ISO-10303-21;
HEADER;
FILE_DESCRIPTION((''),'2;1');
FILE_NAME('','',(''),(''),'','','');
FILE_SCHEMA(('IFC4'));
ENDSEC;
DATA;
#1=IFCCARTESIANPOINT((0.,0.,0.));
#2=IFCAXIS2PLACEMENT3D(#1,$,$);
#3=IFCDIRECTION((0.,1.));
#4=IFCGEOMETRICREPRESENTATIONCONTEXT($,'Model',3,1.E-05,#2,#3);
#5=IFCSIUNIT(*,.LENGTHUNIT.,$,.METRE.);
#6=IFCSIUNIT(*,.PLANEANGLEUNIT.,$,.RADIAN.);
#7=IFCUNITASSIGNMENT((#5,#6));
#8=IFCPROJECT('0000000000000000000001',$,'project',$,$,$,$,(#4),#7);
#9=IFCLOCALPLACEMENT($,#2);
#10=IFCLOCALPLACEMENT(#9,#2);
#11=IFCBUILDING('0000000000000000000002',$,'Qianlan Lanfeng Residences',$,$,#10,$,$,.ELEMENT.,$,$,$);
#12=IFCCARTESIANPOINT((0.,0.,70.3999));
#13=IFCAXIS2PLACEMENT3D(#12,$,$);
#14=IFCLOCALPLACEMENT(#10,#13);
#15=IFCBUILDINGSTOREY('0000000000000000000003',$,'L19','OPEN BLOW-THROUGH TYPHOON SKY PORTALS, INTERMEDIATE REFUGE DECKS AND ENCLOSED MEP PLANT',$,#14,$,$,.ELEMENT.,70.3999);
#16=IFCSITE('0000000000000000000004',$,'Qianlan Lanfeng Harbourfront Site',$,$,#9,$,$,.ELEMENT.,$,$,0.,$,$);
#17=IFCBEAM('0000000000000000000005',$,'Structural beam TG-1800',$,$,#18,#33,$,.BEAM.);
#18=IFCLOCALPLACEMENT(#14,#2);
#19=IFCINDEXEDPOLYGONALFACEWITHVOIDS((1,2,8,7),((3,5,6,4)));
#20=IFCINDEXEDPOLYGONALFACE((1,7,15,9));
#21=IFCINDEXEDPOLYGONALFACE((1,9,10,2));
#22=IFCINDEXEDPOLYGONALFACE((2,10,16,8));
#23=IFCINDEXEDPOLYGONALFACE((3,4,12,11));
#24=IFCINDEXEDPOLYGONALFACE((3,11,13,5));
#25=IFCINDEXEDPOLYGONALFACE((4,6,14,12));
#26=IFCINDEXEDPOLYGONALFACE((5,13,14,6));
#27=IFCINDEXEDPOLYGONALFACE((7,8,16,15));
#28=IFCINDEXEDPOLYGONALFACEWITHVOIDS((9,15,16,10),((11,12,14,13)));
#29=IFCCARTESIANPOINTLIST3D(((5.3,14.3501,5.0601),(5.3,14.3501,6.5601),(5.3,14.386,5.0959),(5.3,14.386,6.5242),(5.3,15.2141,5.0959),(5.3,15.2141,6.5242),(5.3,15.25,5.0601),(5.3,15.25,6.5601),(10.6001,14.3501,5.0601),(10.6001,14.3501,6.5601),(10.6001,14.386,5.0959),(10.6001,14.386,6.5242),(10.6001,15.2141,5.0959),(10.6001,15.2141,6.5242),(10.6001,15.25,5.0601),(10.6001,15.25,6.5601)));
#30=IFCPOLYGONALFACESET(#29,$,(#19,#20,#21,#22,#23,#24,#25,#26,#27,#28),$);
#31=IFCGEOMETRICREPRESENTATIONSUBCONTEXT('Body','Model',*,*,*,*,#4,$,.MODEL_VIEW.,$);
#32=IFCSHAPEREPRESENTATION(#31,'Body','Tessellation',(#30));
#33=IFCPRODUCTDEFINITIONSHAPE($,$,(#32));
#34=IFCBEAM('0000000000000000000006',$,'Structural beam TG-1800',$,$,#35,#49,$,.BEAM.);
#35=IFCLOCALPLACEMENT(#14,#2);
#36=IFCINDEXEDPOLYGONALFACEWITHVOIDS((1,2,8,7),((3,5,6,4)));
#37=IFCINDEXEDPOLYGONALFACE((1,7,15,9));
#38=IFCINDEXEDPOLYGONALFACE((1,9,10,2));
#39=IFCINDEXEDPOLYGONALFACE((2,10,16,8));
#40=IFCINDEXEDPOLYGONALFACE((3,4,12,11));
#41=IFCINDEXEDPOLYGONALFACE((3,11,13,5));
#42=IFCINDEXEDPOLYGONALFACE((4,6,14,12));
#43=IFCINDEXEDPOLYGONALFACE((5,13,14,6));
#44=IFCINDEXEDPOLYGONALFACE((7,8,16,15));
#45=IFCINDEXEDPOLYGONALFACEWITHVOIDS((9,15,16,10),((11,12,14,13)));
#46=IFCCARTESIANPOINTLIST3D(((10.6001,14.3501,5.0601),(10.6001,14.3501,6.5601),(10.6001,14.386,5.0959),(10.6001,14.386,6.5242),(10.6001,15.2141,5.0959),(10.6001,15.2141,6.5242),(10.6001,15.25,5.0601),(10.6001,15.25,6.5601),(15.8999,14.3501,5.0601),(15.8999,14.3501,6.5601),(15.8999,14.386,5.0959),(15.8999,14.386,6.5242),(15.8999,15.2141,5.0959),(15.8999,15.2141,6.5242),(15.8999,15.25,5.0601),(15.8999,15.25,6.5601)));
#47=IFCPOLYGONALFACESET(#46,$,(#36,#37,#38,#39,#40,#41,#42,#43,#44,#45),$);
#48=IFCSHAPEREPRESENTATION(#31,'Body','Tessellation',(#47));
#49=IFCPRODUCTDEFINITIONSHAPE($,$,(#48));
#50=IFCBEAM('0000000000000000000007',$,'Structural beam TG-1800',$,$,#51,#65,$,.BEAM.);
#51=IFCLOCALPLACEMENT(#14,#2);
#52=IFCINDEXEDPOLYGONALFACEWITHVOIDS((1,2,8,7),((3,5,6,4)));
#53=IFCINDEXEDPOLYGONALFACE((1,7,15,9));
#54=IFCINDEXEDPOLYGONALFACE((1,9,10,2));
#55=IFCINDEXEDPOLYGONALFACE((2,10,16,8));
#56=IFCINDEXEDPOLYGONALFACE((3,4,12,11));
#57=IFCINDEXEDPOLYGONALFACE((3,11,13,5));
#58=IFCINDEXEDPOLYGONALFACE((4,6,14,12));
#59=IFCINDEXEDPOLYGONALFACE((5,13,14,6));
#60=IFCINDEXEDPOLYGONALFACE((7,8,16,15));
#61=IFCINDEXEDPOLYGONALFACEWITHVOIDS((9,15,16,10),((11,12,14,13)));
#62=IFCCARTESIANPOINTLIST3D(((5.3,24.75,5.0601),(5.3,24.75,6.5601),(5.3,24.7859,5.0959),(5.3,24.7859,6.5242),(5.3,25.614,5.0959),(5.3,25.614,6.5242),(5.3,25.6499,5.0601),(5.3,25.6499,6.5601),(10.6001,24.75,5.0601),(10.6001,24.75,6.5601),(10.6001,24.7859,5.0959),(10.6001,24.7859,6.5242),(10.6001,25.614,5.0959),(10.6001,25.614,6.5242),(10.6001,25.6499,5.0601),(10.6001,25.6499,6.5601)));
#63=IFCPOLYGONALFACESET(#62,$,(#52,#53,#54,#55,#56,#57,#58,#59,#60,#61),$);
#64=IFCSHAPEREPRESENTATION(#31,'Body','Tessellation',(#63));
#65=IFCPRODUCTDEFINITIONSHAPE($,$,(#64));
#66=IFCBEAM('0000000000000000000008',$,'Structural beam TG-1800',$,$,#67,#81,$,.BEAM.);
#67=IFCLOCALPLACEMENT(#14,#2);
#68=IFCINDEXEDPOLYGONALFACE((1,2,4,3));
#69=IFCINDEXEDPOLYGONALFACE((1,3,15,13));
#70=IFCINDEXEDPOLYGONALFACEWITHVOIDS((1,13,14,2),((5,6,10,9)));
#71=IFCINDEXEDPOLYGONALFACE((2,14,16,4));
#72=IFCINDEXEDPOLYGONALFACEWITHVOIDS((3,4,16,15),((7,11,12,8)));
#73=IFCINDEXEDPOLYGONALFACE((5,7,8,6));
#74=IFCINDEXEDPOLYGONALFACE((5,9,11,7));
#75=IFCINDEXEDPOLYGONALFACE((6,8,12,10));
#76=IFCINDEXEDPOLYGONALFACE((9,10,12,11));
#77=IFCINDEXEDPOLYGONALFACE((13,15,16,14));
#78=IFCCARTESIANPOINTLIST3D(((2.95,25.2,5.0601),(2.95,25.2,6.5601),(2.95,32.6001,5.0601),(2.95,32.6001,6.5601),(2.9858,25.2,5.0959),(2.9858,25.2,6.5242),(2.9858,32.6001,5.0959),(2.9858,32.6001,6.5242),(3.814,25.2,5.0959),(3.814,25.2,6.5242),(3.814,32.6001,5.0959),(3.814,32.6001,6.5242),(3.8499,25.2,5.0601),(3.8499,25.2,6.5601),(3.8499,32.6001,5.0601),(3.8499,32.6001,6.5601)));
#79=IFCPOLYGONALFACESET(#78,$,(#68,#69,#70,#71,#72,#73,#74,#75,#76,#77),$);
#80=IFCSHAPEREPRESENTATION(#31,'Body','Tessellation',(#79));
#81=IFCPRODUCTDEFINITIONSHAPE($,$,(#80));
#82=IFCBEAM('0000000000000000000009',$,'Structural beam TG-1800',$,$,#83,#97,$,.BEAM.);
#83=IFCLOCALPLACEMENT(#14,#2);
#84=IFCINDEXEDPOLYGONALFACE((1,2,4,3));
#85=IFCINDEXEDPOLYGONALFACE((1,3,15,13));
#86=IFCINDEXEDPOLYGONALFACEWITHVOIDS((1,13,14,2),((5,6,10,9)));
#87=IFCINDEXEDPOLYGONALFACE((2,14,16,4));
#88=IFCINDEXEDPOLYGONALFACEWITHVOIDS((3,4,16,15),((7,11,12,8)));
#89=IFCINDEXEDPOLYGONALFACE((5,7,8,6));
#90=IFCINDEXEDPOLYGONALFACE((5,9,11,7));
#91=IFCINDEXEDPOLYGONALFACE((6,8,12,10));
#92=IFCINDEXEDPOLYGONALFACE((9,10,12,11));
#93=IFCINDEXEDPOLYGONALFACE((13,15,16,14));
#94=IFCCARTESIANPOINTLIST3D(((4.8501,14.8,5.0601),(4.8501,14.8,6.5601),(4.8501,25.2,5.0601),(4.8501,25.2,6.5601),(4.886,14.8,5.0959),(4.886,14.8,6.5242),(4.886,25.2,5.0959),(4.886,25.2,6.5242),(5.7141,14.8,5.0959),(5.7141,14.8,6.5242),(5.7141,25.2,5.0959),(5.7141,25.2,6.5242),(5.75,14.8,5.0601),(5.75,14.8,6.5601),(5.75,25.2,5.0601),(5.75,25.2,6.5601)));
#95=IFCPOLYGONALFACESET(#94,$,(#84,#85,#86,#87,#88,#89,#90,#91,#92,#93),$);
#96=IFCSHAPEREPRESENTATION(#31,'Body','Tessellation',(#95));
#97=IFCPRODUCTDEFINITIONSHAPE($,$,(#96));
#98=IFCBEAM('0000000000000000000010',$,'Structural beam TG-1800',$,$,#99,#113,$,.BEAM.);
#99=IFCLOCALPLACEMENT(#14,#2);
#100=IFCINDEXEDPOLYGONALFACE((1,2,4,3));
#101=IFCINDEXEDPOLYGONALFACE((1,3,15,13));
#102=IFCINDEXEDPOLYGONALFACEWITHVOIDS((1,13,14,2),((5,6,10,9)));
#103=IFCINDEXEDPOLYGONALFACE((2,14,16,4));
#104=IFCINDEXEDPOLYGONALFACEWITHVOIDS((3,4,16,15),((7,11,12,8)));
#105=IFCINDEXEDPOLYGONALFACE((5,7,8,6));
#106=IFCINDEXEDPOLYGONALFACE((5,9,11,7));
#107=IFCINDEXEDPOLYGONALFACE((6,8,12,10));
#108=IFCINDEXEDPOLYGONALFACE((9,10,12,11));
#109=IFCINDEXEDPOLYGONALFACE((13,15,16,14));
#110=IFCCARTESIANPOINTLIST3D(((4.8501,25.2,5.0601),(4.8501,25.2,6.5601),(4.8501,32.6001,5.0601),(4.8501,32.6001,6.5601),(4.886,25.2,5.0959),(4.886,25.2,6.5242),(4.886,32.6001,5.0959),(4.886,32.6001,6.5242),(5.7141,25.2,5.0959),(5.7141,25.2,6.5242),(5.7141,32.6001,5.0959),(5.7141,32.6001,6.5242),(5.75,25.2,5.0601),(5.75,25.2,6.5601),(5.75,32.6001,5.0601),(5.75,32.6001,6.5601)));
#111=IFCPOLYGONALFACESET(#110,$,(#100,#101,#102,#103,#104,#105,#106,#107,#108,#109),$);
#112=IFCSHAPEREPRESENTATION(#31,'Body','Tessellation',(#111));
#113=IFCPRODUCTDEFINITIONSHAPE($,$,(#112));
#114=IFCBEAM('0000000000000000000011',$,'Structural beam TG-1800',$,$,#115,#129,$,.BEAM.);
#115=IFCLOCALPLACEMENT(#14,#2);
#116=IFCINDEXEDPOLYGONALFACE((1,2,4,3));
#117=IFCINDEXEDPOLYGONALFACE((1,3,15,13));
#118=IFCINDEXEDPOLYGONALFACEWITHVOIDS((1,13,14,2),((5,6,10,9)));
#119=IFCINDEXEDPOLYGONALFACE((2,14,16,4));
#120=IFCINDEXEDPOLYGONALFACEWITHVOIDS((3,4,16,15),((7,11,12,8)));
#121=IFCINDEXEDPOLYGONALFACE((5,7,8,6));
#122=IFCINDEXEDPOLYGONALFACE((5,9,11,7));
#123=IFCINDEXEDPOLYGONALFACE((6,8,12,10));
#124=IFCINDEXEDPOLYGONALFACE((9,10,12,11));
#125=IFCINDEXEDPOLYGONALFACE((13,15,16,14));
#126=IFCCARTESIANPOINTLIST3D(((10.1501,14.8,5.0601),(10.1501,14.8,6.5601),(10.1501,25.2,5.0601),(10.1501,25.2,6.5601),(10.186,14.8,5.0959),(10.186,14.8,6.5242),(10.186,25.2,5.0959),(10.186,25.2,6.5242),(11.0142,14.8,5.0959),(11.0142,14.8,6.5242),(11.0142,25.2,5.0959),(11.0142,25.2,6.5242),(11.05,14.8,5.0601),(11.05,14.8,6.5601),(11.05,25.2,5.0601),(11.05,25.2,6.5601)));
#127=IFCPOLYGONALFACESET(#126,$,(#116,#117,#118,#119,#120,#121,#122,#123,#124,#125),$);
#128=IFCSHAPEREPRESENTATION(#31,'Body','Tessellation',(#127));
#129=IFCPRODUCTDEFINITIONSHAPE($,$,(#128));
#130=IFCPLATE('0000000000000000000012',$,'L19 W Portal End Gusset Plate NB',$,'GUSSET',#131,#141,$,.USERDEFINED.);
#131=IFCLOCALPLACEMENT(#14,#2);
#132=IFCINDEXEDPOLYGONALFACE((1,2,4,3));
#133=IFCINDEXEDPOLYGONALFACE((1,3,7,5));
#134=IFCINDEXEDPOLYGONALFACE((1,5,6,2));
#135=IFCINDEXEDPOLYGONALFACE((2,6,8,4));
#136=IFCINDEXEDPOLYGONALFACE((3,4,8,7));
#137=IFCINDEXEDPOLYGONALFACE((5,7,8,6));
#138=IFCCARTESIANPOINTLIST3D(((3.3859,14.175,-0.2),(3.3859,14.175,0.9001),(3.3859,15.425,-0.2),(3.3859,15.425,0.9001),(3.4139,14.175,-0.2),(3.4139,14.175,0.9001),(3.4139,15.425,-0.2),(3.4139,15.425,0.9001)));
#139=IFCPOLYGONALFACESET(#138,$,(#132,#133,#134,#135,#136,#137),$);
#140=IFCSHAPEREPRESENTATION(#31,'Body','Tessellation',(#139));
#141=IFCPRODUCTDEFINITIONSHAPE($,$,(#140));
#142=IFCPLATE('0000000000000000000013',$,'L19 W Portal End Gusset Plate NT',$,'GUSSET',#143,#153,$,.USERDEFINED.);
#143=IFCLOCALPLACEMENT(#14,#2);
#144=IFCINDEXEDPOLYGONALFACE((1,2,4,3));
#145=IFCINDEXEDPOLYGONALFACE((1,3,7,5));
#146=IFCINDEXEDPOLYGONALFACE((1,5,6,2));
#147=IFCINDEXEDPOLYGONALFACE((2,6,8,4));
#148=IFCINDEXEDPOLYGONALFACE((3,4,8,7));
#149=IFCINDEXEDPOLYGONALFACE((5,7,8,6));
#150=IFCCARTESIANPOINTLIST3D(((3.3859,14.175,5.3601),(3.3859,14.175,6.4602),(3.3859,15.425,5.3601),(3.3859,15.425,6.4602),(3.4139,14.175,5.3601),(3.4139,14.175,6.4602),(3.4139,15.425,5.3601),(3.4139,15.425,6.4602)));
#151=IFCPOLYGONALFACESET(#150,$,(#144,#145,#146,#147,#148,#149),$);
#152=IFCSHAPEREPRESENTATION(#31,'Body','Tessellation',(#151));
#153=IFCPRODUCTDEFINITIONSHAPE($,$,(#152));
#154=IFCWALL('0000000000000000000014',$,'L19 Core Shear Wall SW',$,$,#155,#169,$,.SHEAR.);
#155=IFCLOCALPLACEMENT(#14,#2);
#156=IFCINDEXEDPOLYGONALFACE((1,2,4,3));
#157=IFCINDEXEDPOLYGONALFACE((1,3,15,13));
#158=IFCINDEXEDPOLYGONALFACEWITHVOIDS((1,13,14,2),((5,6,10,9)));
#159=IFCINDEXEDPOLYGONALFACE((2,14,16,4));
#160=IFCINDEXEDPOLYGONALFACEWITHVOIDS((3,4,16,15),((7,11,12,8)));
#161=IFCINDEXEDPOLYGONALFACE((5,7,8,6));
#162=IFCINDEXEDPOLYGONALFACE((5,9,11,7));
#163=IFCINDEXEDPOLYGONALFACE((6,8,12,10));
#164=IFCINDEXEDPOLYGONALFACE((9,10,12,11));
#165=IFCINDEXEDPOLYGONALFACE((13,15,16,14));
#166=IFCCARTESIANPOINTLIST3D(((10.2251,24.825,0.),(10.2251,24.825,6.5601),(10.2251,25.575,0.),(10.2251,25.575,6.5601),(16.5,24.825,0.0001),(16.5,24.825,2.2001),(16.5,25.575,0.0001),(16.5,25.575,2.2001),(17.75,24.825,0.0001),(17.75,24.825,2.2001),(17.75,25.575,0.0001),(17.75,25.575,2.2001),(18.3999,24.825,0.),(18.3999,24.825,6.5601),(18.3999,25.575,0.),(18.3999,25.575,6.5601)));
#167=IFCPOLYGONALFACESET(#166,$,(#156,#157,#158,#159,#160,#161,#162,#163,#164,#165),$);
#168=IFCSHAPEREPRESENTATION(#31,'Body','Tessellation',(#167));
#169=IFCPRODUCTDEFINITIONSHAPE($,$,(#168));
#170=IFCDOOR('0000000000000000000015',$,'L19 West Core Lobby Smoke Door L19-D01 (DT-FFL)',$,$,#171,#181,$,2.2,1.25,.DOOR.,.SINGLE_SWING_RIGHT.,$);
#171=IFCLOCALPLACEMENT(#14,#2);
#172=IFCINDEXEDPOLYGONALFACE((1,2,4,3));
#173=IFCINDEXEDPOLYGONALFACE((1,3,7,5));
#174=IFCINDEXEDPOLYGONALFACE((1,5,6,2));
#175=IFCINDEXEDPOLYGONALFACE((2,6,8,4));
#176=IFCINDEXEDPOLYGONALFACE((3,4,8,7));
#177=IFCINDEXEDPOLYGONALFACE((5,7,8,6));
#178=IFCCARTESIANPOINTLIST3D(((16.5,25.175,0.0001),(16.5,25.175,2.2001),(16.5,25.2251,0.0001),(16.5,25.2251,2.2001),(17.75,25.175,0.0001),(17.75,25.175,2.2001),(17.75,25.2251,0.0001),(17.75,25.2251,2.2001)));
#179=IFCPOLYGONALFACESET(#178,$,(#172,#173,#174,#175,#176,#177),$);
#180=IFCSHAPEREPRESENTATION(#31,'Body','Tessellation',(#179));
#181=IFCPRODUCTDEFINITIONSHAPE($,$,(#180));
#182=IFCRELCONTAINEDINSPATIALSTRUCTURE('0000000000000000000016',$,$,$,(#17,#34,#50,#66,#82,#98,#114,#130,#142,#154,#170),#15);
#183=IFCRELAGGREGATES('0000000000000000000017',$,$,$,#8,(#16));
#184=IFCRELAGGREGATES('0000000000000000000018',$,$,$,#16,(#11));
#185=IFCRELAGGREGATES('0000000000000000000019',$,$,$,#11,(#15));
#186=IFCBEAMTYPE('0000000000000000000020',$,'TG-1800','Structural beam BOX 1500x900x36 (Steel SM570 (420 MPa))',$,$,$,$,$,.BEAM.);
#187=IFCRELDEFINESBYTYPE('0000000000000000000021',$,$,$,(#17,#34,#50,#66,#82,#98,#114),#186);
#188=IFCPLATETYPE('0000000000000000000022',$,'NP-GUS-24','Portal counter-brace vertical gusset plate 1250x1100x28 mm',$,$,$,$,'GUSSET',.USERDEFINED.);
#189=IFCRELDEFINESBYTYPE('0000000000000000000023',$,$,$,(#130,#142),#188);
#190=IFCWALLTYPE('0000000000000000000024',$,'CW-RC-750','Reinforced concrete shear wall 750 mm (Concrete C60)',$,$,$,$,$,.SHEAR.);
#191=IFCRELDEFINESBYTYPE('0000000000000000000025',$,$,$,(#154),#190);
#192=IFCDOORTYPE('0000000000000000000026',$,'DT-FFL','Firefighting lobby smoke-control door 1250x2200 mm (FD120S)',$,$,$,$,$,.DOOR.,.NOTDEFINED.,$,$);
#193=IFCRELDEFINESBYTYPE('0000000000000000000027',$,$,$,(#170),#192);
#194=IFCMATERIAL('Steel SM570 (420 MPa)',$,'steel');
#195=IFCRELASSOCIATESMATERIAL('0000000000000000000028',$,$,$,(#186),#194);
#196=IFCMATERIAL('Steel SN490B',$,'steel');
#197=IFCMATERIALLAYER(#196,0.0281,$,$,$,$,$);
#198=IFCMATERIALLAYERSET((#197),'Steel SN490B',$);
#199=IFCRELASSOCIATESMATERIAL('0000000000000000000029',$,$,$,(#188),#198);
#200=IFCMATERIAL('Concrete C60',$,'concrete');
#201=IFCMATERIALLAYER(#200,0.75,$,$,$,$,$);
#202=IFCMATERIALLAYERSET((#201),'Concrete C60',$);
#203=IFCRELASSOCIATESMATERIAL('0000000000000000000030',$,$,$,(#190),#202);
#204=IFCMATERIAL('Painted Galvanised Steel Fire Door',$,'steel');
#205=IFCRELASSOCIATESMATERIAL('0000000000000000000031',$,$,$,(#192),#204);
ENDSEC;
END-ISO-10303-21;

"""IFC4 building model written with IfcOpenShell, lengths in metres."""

from ifc_helpers import new_model, si_unit, direction, frame, frame_2d, origin, origin_2d, place, context, subcontext, project, spatial, rectangle, hollow_rectangle, extrude, source, transform, mapped, material, layer, layer_set, material_profile, profile_set, type_object, element, fill, save


model = new_model("IFC4")

# Units and contexts
model_context = context("Model", 3, precision=1e-05, world=origin(), true_north=direction((0.0, 1.0)))
body_context = subcontext(model_context, "Body", "Model", "MODEL_VIEW")
ifc_project = project(units=[si_unit("LENGTHUNIT", "METRE"), si_unit("PLANEANGLEUNIT", "RADIAN")], contexts=[model_context])

# Site, building, storey
site_placement = place(None, origin())
site = spatial("IfcSite", under=ifc_project, at=site_placement, Name="Qianlan Lanfeng Harbourfront Site", CompositionType="ELEMENT", RefElevation=0.0)
building_placement = place(site_placement, origin())
building = spatial("IfcBuilding", under=site, at=building_placement, Name="Qianlan Lanfeng Residences", CompositionType="ELEMENT")
storey_placement = place(building_placement, frame((0.0, 0.0, 70.3999)))
storey = spatial("IfcBuildingStorey", under=building, at=storey_placement, Name="L19", Description="OPEN BLOW-THROUGH TYPHOON SKY PORTALS, INTERMEDIATE REFUGE DECKS AND ENCLOSED MEP PLANT", CompositionType="ELEMENT", Elevation=70.3999)

# Shared definitions
ifc_material_1 = material(Name="Steel SN490B", Category="steel")

# Beams
ifc_material_2 = material(Name="Steel SM570 (420 MPa)", Category="steel")
ifc_material_profile_1 = material_profile(ifc_material_2, hollow_rectangle(XDim=0.8999, YDim=1.5, WallThickness=0.0359, at=origin_2d()), Name="BOX 1500x900x36")
ifc_profile_set_1 = profile_set([ifc_material_profile_1], Name="Steel SM570 (420 MPa)")
beam_type_1 = type_object("IfcBeamType", Name="TG-1800", Description="Structural beam BOX 1500x900x36 (Steel SM570 (420 MPa))", PredefinedType="BEAM", material=ifc_profile_set_1)
beam_1_placement = place(storey_placement, frame((5.3, 14.8, 5.8101), z_axis=(1.0, 0.0, 0.0), x_axis=(0.0, 1.0, 0.0)))
element("IfcBeam", 1, at=beam_1_placement, inside=storey, type_object=beam_type_1, Name="Structural beam TG-1800", PredefinedType="BEAM", context=body_context, shape_type="SweptSolid", body=[
    extrude(hollow_rectangle(XDim=0.8999, YDim=1.5, WallThickness=0.0359, at=origin_2d()), origin(), (0.0, 0.0, 1.0), 5.3),
])
beam_2_placement = place(storey_placement, frame((10.6001, 14.8, 5.8101), z_axis=(1.0, 0.0, 0.0), x_axis=(0.0, 1.0, 0.0)))
element("IfcBeam", 2, at=beam_2_placement, inside=storey, type_object=beam_type_1, Name="Structural beam TG-1800", PredefinedType="BEAM", context=body_context, shape_type="SweptSolid", body=[
    extrude(hollow_rectangle(XDim=0.8999, YDim=1.5, WallThickness=0.0359, at=origin_2d()), origin(), (0.0, 0.0, 1.0), 5.2998),
])
beam_3_placement = place(storey_placement, frame((5.3, 25.2, 5.8101), z_axis=(1.0, 0.0, 0.0), x_axis=(0.0, 1.0, 0.0)))
element("IfcBeam", 3, at=beam_3_placement, inside=storey, type_object=beam_type_1, Name="Structural beam TG-1800", PredefinedType="BEAM", context=body_context, shape_type="SweptSolid", body=[
    extrude(hollow_rectangle(XDim=0.8999, YDim=1.5, WallThickness=0.0359, at=origin_2d()), origin(), (0.0, 0.0, 1.0), 5.3),
])
beam_4_placement = place(storey_placement, frame((3.3999, 25.2, 5.8101), z_axis=(0.0, 1.0, 0.0), x_axis=(-1.0, 0.0, 0.0)))
element("IfcBeam", 4, at=beam_4_placement, inside=storey, type_object=beam_type_1, Name="Structural beam TG-1800", PredefinedType="BEAM", context=body_context, shape_type="SweptSolid", body=[
    extrude(hollow_rectangle(XDim=0.8999, YDim=1.5, WallThickness=0.0359, at=origin_2d()), origin(), (0.0, 0.0, 1.0), 7.4001),
])
beam_5_placement = place(storey_placement, frame((5.3, 14.8, 5.8101), z_axis=(0.0, 1.0, 0.0), x_axis=(-1.0, 0.0, 0.0)))
element("IfcBeam", 5, at=beam_5_placement, inside=storey, type_object=beam_type_1, Name="Structural beam TG-1800", PredefinedType="BEAM", context=body_context, shape_type="SweptSolid", body=[
    extrude(hollow_rectangle(XDim=0.8999, YDim=1.5, WallThickness=0.0359, at=origin_2d()), origin(), (0.0, 0.0, 1.0), 10.3999),
])
beam_6_placement = place(storey_placement, frame((5.3, 25.2, 5.8101), z_axis=(0.0, 1.0, 0.0), x_axis=(-1.0, 0.0, 0.0)))
element("IfcBeam", 6, at=beam_6_placement, inside=storey, type_object=beam_type_1, Name="Structural beam TG-1800", PredefinedType="BEAM", context=body_context, shape_type="SweptSolid", body=[
    extrude(hollow_rectangle(XDim=0.8999, YDim=1.5, WallThickness=0.0359, at=origin_2d()), origin(), (0.0, 0.0, 1.0), 7.4001),
])
beam_7_placement = place(storey_placement, frame((10.6001, 14.8, 5.8101), z_axis=(0.0, 1.0, 0.0), x_axis=(-1.0, 0.0, 0.0)))
element("IfcBeam", 7, at=beam_7_placement, inside=storey, type_object=beam_type_1, Name="Structural beam TG-1800", PredefinedType="BEAM", context=body_context, shape_type="SweptSolid", body=[
    extrude(hollow_rectangle(XDim=0.8999, YDim=1.5, WallThickness=0.0359, at=origin_2d()), origin(), (0.0, 0.0, 1.0), 10.3999),
])

# Plates
ifc_layer_1 = layer(ifc_material_1, 0.0281)
ifc_layer_set_1 = layer_set([ifc_layer_1], Name="Steel SN490B")
plate_type = type_object("IfcPlateType", Name="NP-GUS-24", Description="Portal counter-brace vertical gusset plate 1250x1100x28 mm", ElementType="GUSSET", PredefinedType="USERDEFINED", material=ifc_layer_set_1)
shared_shape = source(origin(), body_context, "Body", "SweptSolid", [
    extrude(rectangle(XDim=0.0281, YDim=1.25, at=origin_2d()), origin(), (0.0, 0.0, 1.0), 1.1001),
])
for number, where, z_axis, x_axis, name in (
    (8, (3.3999, 14.8, -0.2), (0.0, 0.0, 1.0), (1.0, 0.0, 0.0), "L19 W Portal End Gusset Plate NB"),
    (9, (3.3999, 14.8, 5.3601), (0.0, 0.0, 1.0), (1.0, 0.0, 0.0), "L19 W Portal End Gusset Plate NT"),
):
    element("IfcPlate", number, at=place(storey_placement, frame(where, z_axis=z_axis, x_axis=x_axis)), inside=storey, type_object=plate_type, Name=name, ObjectType="GUSSET", PredefinedType="USERDEFINED", context=body_context, shape_type="MappedRepresentation", body=[
        mapped(shared_shape, transform((0.0, 0.0, 0.0), scale=1.0)),
    ])

# Wall, opening, door
ifc_material_3 = material(Name="Concrete C60", Category="concrete")
ifc_layer_2 = layer(ifc_material_3, 0.75)
ifc_layer_set_2 = layer_set([ifc_layer_2], Name="Concrete C60")
wall_type_1 = type_object("IfcWallType", Name="CW-RC-750", Description="Reinforced concrete shear wall 750 mm (Concrete C60)", PredefinedType="SHEAR", material=ifc_layer_set_2)
wall_1_placement = place(storey_placement, frame((10.2251, 25.2, 0.0), z_axis=(0.0, 0.0, 1.0), x_axis=(1.0, 0.0, 0.0)))
wall_1 = element("IfcWall", 10, at=wall_1_placement, inside=storey, type_object=wall_type_1, Name="L19 Core Shear Wall SW", PredefinedType="SHEAR", context=body_context, shape_type="SweptSolid", body=[
    extrude(rectangle(XDim=8.1748, YDim=0.75, at=frame_2d((4.0874, 0.0))), origin(), (0.0, 0.0, 1.0), 6.5601),
])
opening_1_placement = place(wall_1_placement, frame((6.2749, 0.0, 0.0)))
opening_1 = element("IfcOpeningElement", 11, at=opening_1_placement, cuts=wall_1, PredefinedType="OPENING", context=body_context, shape_type="SweptSolid", body=[
    extrude(rectangle(XDim=1.25, YDim=2.2, at=frame_2d((0.625, 1.1001))), frame((0.0, 0.385, 0.0), z_axis=(0.0, -1.0, 0.0), x_axis=(1.0, 0.0, 0.0)), (0.0, 0.0, 1.0), 0.77),
])
ifc_material_4 = material(Name="Painted Galvanised Steel Fire Door", Category="steel")
door_type = type_object("IfcDoorType", Name="DT-FFL", Description="Firefighting lobby smoke-control door 1250x2200 mm (FD120S)", OperationType="NOTDEFINED", PredefinedType="DOOR", material=ifc_material_4)
door_1_placement = place(opening_1_placement, frame((1.25, 0.0, 0.0), z_axis=(0.0, 0.0, 1.0), x_axis=(-1.0, 0.0, 0.0)))
door_1 = element("IfcDoor", 12, at=door_1_placement, inside=storey, type_object=door_type, Name="L19 West Core Lobby Smoke Door L19-D01 (DT-FFL)", OperationType="SINGLE_SWING_RIGHT", OverallHeight=2.2, OverallWidth=1.25, PredefinedType="DOOR", context=body_context, shape_type="SweptSolid", body=[
    extrude(rectangle(XDim=1.25, YDim=2.2, at=frame_2d((0.625, 1.1001))), frame((0.0, 0.0249, 0.0), z_axis=(0.0, -1.0, 0.0), x_axis=(1.0, 0.0, 0.0)), (0.0, 0.0, 1.0), 0.05),
])
fill(opening_1, door_1)

save(model, "model.ifc")
